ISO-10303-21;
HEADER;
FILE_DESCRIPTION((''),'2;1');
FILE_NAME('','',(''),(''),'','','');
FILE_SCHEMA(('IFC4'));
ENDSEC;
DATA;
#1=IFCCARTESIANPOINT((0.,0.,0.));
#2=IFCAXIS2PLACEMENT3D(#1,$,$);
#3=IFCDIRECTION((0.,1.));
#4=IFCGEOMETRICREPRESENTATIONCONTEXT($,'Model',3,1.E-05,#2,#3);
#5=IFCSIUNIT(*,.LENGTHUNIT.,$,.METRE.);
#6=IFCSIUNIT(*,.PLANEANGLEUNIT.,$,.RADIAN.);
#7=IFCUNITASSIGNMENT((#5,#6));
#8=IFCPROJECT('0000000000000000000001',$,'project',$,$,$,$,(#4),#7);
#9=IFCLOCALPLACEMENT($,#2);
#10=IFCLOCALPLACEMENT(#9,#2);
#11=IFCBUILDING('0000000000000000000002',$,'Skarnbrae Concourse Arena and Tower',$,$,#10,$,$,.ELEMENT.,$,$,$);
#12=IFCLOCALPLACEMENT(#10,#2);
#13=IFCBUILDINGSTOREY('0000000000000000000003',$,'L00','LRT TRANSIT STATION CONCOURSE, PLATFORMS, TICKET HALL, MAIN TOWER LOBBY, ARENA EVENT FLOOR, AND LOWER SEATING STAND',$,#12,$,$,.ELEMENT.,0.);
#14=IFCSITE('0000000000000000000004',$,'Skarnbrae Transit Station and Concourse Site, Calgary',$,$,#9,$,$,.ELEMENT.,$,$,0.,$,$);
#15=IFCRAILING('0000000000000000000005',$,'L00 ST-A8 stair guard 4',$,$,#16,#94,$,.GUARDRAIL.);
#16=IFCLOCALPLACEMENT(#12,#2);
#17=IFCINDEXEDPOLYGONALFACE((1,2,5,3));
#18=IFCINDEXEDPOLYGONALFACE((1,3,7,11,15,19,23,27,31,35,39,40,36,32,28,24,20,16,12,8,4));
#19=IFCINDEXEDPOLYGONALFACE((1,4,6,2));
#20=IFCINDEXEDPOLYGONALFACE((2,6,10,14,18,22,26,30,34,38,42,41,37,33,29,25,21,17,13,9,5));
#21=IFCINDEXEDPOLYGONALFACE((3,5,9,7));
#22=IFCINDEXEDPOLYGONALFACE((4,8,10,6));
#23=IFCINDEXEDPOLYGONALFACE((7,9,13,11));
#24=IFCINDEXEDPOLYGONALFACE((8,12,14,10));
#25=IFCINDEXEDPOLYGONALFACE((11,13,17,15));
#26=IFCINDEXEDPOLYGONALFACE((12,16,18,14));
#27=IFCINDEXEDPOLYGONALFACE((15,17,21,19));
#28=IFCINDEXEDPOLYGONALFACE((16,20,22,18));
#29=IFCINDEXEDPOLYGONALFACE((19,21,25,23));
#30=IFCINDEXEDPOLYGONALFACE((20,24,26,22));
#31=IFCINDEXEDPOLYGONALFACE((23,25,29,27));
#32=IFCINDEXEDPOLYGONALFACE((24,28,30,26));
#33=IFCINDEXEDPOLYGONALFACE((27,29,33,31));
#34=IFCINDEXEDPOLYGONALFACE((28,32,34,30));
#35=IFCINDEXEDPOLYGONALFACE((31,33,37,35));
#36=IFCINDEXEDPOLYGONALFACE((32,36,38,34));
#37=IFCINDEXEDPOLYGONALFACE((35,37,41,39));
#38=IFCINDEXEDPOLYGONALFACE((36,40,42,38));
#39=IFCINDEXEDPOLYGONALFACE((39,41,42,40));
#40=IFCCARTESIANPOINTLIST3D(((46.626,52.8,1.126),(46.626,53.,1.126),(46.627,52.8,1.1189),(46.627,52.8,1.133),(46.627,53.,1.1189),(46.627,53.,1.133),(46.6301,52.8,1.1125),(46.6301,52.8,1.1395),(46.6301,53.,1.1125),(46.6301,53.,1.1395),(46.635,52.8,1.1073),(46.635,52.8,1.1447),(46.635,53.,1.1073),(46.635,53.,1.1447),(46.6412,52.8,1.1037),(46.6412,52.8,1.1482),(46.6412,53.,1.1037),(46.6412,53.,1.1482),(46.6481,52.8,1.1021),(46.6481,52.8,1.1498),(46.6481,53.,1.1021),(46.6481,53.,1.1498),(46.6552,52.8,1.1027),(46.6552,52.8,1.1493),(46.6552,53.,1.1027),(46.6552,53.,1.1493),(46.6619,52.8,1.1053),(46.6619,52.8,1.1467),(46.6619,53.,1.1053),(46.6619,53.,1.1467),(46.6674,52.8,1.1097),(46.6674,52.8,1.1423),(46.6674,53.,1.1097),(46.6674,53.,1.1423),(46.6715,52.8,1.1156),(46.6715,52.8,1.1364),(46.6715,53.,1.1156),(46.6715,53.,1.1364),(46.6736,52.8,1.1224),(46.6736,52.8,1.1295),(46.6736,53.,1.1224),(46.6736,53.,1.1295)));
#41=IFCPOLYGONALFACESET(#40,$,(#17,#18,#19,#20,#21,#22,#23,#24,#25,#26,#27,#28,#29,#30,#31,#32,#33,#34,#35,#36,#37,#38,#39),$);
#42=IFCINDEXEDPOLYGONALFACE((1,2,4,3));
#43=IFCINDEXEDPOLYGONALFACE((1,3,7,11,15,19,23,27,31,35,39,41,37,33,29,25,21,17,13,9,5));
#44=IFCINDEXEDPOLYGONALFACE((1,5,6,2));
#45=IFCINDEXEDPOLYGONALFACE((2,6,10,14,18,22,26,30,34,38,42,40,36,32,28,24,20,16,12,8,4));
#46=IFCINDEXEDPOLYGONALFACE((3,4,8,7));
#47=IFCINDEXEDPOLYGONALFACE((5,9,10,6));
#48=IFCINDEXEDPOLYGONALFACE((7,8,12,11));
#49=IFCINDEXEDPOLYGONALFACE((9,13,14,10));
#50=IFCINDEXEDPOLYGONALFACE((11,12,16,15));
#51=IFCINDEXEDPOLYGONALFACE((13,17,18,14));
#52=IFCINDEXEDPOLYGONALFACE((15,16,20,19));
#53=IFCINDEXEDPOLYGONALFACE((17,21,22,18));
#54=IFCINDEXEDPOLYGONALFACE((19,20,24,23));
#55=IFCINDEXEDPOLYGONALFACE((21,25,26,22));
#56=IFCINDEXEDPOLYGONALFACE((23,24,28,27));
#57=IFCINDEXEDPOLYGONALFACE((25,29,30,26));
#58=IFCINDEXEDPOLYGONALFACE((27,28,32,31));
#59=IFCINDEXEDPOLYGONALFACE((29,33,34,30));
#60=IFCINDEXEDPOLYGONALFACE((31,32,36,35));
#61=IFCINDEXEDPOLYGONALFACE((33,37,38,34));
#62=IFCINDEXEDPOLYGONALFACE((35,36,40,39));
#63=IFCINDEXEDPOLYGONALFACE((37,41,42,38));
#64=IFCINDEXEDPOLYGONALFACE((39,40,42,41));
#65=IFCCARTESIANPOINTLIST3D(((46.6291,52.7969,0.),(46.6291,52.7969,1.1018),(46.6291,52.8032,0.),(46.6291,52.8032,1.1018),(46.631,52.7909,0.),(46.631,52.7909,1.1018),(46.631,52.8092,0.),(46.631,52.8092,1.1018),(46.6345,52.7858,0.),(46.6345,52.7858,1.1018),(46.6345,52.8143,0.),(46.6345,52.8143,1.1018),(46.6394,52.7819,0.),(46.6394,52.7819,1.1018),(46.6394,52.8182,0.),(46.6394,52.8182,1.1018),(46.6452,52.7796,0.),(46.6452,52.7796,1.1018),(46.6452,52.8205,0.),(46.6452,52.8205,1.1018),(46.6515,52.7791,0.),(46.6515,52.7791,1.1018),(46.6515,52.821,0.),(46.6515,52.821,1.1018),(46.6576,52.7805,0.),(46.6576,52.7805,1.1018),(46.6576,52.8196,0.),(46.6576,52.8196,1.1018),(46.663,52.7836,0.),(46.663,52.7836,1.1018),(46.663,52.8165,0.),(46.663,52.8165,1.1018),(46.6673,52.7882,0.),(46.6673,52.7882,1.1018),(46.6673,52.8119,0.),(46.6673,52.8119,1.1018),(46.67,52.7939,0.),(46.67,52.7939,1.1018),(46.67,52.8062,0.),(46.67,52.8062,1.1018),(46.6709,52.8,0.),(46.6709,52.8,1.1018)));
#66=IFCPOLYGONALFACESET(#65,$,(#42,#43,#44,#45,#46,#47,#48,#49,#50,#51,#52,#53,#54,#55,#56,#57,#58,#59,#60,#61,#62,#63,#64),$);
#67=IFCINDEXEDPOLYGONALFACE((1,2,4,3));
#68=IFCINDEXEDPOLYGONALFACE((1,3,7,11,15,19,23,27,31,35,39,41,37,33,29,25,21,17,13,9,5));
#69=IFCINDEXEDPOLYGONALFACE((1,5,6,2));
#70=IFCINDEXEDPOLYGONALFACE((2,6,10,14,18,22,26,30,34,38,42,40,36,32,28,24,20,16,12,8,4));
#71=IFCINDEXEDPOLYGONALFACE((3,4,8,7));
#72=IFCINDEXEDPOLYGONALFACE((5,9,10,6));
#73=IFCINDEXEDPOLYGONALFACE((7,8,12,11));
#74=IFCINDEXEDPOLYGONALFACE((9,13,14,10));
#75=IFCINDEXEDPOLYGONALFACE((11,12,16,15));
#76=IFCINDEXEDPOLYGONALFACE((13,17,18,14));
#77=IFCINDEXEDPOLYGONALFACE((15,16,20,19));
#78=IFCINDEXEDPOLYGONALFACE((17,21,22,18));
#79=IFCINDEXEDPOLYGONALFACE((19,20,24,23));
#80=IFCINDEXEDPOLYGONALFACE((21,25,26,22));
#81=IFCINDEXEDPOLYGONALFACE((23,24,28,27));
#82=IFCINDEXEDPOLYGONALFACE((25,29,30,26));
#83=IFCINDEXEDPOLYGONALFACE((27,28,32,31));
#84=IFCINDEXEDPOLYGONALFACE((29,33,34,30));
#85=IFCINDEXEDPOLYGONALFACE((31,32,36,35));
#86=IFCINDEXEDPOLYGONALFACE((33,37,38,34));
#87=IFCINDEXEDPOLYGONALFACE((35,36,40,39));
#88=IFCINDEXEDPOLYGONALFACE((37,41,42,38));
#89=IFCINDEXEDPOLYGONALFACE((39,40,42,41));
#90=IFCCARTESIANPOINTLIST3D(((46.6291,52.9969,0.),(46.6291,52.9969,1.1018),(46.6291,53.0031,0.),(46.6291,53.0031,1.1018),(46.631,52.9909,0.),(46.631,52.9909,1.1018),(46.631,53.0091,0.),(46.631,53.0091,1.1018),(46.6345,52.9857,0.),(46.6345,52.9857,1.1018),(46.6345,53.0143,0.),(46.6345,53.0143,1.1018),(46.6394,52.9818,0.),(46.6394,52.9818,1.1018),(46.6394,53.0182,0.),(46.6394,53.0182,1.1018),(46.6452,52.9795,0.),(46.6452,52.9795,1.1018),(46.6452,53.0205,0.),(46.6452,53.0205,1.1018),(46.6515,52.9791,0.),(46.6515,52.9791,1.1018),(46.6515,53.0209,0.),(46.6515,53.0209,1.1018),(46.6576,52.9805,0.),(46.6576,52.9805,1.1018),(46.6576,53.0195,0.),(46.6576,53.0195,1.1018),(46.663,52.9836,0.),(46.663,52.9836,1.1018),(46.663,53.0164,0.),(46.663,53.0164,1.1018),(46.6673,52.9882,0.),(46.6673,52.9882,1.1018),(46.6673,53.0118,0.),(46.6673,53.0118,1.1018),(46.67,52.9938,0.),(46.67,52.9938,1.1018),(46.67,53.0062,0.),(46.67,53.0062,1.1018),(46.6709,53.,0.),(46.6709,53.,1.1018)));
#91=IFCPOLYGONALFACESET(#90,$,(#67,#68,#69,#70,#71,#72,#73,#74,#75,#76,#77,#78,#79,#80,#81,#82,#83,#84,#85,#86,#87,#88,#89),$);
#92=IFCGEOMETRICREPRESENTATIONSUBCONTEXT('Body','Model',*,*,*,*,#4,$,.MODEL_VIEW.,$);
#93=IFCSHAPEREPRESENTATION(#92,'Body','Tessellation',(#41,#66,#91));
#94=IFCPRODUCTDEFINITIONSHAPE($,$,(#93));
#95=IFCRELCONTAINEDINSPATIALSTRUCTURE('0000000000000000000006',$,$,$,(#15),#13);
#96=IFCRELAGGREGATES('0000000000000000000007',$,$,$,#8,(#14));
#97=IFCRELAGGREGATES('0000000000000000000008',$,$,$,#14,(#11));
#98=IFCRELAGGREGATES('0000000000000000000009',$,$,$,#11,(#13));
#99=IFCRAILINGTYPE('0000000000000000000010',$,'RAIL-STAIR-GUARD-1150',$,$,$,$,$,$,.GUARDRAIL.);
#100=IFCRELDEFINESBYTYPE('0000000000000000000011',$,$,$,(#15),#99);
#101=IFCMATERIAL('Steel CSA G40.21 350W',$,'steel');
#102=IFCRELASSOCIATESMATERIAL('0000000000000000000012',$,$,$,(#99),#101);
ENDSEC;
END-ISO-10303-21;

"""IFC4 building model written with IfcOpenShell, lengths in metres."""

from ifc_helpers import new_model, si_unit, direction, frame, origin, origin_2d, place, context, subcontext, project, spatial, circle, extrude, material, type_object, element, save


model = new_model("IFC4")

# Units and contexts
model_context = context("Model", 3, precision=1e-05, world=origin(), true_north=direction((0.0, 1.0)))
body_context = subcontext(model_context, "Body", "Model", "MODEL_VIEW")
ifc_project = project(units=[si_unit("LENGTHUNIT", "METRE"), si_unit("PLANEANGLEUNIT", "RADIAN")], contexts=[model_context])

# Site, building, storey
site_placement = place(None, origin())
site = spatial("IfcSite", under=ifc_project, at=site_placement, Name="Skarnbrae Transit Station and Concourse Site, Calgary", CompositionType="ELEMENT", RefElevation=0.0)
building_placement = place(site_placement, origin())
building = spatial("IfcBuilding", under=site, at=building_placement, Name="Skarnbrae Concourse Arena and Tower", CompositionType="ELEMENT")
storey_placement = place(building_placement, origin())
storey = spatial("IfcBuildingStorey", under=building, at=storey_placement, Name="L00", Description="LRT TRANSIT STATION CONCOURSE, PLATFORMS, TICKET HALL, MAIN TOWER LOBBY, ARENA EVENT FLOOR, AND LOWER SEATING STAND", CompositionType="ELEMENT", Elevation=0.0)

# Shared definitions
ifc_material_1 = material(Name="Steel CSA G40.21 350W", Category="steel")

# Railing
railing_type_1 = type_object("IfcRailingType", Name="RAIL-STAIR-GUARD-1150", PredefinedType="GUARDRAIL", material=ifc_material_1)
railing_1_placement = place(storey_placement, frame((46.6499, 52.8, 0.0)))
element("IfcRailing", 1, at=railing_1_placement, inside=storey, type_object=railing_type_1, Name="L00 ST-A8 stair guard 4", PredefinedType="GUARDRAIL", context=body_context, shape_type="SweptSolid", body=[
    extrude(circle(Radius=0.0239, at=origin_2d()), frame((0.0, 0.0, 1.126), z_axis=(0.0, 1.0, 0.0), x_axis=(-1.0, 0.0, 0.0)), (0.0, 0.0, 1.0), 0.2),
    extrude(circle(Radius=0.021, at=origin_2d()), origin(), (0.0, 0.0, 1.0), 1.1018),
    extrude(circle(Radius=0.021, at=origin_2d()), frame((0.0, 0.2, 0.0)), (0.0, 0.0, 1.0), 1.1018),
])

save(model, "model.ifc")
